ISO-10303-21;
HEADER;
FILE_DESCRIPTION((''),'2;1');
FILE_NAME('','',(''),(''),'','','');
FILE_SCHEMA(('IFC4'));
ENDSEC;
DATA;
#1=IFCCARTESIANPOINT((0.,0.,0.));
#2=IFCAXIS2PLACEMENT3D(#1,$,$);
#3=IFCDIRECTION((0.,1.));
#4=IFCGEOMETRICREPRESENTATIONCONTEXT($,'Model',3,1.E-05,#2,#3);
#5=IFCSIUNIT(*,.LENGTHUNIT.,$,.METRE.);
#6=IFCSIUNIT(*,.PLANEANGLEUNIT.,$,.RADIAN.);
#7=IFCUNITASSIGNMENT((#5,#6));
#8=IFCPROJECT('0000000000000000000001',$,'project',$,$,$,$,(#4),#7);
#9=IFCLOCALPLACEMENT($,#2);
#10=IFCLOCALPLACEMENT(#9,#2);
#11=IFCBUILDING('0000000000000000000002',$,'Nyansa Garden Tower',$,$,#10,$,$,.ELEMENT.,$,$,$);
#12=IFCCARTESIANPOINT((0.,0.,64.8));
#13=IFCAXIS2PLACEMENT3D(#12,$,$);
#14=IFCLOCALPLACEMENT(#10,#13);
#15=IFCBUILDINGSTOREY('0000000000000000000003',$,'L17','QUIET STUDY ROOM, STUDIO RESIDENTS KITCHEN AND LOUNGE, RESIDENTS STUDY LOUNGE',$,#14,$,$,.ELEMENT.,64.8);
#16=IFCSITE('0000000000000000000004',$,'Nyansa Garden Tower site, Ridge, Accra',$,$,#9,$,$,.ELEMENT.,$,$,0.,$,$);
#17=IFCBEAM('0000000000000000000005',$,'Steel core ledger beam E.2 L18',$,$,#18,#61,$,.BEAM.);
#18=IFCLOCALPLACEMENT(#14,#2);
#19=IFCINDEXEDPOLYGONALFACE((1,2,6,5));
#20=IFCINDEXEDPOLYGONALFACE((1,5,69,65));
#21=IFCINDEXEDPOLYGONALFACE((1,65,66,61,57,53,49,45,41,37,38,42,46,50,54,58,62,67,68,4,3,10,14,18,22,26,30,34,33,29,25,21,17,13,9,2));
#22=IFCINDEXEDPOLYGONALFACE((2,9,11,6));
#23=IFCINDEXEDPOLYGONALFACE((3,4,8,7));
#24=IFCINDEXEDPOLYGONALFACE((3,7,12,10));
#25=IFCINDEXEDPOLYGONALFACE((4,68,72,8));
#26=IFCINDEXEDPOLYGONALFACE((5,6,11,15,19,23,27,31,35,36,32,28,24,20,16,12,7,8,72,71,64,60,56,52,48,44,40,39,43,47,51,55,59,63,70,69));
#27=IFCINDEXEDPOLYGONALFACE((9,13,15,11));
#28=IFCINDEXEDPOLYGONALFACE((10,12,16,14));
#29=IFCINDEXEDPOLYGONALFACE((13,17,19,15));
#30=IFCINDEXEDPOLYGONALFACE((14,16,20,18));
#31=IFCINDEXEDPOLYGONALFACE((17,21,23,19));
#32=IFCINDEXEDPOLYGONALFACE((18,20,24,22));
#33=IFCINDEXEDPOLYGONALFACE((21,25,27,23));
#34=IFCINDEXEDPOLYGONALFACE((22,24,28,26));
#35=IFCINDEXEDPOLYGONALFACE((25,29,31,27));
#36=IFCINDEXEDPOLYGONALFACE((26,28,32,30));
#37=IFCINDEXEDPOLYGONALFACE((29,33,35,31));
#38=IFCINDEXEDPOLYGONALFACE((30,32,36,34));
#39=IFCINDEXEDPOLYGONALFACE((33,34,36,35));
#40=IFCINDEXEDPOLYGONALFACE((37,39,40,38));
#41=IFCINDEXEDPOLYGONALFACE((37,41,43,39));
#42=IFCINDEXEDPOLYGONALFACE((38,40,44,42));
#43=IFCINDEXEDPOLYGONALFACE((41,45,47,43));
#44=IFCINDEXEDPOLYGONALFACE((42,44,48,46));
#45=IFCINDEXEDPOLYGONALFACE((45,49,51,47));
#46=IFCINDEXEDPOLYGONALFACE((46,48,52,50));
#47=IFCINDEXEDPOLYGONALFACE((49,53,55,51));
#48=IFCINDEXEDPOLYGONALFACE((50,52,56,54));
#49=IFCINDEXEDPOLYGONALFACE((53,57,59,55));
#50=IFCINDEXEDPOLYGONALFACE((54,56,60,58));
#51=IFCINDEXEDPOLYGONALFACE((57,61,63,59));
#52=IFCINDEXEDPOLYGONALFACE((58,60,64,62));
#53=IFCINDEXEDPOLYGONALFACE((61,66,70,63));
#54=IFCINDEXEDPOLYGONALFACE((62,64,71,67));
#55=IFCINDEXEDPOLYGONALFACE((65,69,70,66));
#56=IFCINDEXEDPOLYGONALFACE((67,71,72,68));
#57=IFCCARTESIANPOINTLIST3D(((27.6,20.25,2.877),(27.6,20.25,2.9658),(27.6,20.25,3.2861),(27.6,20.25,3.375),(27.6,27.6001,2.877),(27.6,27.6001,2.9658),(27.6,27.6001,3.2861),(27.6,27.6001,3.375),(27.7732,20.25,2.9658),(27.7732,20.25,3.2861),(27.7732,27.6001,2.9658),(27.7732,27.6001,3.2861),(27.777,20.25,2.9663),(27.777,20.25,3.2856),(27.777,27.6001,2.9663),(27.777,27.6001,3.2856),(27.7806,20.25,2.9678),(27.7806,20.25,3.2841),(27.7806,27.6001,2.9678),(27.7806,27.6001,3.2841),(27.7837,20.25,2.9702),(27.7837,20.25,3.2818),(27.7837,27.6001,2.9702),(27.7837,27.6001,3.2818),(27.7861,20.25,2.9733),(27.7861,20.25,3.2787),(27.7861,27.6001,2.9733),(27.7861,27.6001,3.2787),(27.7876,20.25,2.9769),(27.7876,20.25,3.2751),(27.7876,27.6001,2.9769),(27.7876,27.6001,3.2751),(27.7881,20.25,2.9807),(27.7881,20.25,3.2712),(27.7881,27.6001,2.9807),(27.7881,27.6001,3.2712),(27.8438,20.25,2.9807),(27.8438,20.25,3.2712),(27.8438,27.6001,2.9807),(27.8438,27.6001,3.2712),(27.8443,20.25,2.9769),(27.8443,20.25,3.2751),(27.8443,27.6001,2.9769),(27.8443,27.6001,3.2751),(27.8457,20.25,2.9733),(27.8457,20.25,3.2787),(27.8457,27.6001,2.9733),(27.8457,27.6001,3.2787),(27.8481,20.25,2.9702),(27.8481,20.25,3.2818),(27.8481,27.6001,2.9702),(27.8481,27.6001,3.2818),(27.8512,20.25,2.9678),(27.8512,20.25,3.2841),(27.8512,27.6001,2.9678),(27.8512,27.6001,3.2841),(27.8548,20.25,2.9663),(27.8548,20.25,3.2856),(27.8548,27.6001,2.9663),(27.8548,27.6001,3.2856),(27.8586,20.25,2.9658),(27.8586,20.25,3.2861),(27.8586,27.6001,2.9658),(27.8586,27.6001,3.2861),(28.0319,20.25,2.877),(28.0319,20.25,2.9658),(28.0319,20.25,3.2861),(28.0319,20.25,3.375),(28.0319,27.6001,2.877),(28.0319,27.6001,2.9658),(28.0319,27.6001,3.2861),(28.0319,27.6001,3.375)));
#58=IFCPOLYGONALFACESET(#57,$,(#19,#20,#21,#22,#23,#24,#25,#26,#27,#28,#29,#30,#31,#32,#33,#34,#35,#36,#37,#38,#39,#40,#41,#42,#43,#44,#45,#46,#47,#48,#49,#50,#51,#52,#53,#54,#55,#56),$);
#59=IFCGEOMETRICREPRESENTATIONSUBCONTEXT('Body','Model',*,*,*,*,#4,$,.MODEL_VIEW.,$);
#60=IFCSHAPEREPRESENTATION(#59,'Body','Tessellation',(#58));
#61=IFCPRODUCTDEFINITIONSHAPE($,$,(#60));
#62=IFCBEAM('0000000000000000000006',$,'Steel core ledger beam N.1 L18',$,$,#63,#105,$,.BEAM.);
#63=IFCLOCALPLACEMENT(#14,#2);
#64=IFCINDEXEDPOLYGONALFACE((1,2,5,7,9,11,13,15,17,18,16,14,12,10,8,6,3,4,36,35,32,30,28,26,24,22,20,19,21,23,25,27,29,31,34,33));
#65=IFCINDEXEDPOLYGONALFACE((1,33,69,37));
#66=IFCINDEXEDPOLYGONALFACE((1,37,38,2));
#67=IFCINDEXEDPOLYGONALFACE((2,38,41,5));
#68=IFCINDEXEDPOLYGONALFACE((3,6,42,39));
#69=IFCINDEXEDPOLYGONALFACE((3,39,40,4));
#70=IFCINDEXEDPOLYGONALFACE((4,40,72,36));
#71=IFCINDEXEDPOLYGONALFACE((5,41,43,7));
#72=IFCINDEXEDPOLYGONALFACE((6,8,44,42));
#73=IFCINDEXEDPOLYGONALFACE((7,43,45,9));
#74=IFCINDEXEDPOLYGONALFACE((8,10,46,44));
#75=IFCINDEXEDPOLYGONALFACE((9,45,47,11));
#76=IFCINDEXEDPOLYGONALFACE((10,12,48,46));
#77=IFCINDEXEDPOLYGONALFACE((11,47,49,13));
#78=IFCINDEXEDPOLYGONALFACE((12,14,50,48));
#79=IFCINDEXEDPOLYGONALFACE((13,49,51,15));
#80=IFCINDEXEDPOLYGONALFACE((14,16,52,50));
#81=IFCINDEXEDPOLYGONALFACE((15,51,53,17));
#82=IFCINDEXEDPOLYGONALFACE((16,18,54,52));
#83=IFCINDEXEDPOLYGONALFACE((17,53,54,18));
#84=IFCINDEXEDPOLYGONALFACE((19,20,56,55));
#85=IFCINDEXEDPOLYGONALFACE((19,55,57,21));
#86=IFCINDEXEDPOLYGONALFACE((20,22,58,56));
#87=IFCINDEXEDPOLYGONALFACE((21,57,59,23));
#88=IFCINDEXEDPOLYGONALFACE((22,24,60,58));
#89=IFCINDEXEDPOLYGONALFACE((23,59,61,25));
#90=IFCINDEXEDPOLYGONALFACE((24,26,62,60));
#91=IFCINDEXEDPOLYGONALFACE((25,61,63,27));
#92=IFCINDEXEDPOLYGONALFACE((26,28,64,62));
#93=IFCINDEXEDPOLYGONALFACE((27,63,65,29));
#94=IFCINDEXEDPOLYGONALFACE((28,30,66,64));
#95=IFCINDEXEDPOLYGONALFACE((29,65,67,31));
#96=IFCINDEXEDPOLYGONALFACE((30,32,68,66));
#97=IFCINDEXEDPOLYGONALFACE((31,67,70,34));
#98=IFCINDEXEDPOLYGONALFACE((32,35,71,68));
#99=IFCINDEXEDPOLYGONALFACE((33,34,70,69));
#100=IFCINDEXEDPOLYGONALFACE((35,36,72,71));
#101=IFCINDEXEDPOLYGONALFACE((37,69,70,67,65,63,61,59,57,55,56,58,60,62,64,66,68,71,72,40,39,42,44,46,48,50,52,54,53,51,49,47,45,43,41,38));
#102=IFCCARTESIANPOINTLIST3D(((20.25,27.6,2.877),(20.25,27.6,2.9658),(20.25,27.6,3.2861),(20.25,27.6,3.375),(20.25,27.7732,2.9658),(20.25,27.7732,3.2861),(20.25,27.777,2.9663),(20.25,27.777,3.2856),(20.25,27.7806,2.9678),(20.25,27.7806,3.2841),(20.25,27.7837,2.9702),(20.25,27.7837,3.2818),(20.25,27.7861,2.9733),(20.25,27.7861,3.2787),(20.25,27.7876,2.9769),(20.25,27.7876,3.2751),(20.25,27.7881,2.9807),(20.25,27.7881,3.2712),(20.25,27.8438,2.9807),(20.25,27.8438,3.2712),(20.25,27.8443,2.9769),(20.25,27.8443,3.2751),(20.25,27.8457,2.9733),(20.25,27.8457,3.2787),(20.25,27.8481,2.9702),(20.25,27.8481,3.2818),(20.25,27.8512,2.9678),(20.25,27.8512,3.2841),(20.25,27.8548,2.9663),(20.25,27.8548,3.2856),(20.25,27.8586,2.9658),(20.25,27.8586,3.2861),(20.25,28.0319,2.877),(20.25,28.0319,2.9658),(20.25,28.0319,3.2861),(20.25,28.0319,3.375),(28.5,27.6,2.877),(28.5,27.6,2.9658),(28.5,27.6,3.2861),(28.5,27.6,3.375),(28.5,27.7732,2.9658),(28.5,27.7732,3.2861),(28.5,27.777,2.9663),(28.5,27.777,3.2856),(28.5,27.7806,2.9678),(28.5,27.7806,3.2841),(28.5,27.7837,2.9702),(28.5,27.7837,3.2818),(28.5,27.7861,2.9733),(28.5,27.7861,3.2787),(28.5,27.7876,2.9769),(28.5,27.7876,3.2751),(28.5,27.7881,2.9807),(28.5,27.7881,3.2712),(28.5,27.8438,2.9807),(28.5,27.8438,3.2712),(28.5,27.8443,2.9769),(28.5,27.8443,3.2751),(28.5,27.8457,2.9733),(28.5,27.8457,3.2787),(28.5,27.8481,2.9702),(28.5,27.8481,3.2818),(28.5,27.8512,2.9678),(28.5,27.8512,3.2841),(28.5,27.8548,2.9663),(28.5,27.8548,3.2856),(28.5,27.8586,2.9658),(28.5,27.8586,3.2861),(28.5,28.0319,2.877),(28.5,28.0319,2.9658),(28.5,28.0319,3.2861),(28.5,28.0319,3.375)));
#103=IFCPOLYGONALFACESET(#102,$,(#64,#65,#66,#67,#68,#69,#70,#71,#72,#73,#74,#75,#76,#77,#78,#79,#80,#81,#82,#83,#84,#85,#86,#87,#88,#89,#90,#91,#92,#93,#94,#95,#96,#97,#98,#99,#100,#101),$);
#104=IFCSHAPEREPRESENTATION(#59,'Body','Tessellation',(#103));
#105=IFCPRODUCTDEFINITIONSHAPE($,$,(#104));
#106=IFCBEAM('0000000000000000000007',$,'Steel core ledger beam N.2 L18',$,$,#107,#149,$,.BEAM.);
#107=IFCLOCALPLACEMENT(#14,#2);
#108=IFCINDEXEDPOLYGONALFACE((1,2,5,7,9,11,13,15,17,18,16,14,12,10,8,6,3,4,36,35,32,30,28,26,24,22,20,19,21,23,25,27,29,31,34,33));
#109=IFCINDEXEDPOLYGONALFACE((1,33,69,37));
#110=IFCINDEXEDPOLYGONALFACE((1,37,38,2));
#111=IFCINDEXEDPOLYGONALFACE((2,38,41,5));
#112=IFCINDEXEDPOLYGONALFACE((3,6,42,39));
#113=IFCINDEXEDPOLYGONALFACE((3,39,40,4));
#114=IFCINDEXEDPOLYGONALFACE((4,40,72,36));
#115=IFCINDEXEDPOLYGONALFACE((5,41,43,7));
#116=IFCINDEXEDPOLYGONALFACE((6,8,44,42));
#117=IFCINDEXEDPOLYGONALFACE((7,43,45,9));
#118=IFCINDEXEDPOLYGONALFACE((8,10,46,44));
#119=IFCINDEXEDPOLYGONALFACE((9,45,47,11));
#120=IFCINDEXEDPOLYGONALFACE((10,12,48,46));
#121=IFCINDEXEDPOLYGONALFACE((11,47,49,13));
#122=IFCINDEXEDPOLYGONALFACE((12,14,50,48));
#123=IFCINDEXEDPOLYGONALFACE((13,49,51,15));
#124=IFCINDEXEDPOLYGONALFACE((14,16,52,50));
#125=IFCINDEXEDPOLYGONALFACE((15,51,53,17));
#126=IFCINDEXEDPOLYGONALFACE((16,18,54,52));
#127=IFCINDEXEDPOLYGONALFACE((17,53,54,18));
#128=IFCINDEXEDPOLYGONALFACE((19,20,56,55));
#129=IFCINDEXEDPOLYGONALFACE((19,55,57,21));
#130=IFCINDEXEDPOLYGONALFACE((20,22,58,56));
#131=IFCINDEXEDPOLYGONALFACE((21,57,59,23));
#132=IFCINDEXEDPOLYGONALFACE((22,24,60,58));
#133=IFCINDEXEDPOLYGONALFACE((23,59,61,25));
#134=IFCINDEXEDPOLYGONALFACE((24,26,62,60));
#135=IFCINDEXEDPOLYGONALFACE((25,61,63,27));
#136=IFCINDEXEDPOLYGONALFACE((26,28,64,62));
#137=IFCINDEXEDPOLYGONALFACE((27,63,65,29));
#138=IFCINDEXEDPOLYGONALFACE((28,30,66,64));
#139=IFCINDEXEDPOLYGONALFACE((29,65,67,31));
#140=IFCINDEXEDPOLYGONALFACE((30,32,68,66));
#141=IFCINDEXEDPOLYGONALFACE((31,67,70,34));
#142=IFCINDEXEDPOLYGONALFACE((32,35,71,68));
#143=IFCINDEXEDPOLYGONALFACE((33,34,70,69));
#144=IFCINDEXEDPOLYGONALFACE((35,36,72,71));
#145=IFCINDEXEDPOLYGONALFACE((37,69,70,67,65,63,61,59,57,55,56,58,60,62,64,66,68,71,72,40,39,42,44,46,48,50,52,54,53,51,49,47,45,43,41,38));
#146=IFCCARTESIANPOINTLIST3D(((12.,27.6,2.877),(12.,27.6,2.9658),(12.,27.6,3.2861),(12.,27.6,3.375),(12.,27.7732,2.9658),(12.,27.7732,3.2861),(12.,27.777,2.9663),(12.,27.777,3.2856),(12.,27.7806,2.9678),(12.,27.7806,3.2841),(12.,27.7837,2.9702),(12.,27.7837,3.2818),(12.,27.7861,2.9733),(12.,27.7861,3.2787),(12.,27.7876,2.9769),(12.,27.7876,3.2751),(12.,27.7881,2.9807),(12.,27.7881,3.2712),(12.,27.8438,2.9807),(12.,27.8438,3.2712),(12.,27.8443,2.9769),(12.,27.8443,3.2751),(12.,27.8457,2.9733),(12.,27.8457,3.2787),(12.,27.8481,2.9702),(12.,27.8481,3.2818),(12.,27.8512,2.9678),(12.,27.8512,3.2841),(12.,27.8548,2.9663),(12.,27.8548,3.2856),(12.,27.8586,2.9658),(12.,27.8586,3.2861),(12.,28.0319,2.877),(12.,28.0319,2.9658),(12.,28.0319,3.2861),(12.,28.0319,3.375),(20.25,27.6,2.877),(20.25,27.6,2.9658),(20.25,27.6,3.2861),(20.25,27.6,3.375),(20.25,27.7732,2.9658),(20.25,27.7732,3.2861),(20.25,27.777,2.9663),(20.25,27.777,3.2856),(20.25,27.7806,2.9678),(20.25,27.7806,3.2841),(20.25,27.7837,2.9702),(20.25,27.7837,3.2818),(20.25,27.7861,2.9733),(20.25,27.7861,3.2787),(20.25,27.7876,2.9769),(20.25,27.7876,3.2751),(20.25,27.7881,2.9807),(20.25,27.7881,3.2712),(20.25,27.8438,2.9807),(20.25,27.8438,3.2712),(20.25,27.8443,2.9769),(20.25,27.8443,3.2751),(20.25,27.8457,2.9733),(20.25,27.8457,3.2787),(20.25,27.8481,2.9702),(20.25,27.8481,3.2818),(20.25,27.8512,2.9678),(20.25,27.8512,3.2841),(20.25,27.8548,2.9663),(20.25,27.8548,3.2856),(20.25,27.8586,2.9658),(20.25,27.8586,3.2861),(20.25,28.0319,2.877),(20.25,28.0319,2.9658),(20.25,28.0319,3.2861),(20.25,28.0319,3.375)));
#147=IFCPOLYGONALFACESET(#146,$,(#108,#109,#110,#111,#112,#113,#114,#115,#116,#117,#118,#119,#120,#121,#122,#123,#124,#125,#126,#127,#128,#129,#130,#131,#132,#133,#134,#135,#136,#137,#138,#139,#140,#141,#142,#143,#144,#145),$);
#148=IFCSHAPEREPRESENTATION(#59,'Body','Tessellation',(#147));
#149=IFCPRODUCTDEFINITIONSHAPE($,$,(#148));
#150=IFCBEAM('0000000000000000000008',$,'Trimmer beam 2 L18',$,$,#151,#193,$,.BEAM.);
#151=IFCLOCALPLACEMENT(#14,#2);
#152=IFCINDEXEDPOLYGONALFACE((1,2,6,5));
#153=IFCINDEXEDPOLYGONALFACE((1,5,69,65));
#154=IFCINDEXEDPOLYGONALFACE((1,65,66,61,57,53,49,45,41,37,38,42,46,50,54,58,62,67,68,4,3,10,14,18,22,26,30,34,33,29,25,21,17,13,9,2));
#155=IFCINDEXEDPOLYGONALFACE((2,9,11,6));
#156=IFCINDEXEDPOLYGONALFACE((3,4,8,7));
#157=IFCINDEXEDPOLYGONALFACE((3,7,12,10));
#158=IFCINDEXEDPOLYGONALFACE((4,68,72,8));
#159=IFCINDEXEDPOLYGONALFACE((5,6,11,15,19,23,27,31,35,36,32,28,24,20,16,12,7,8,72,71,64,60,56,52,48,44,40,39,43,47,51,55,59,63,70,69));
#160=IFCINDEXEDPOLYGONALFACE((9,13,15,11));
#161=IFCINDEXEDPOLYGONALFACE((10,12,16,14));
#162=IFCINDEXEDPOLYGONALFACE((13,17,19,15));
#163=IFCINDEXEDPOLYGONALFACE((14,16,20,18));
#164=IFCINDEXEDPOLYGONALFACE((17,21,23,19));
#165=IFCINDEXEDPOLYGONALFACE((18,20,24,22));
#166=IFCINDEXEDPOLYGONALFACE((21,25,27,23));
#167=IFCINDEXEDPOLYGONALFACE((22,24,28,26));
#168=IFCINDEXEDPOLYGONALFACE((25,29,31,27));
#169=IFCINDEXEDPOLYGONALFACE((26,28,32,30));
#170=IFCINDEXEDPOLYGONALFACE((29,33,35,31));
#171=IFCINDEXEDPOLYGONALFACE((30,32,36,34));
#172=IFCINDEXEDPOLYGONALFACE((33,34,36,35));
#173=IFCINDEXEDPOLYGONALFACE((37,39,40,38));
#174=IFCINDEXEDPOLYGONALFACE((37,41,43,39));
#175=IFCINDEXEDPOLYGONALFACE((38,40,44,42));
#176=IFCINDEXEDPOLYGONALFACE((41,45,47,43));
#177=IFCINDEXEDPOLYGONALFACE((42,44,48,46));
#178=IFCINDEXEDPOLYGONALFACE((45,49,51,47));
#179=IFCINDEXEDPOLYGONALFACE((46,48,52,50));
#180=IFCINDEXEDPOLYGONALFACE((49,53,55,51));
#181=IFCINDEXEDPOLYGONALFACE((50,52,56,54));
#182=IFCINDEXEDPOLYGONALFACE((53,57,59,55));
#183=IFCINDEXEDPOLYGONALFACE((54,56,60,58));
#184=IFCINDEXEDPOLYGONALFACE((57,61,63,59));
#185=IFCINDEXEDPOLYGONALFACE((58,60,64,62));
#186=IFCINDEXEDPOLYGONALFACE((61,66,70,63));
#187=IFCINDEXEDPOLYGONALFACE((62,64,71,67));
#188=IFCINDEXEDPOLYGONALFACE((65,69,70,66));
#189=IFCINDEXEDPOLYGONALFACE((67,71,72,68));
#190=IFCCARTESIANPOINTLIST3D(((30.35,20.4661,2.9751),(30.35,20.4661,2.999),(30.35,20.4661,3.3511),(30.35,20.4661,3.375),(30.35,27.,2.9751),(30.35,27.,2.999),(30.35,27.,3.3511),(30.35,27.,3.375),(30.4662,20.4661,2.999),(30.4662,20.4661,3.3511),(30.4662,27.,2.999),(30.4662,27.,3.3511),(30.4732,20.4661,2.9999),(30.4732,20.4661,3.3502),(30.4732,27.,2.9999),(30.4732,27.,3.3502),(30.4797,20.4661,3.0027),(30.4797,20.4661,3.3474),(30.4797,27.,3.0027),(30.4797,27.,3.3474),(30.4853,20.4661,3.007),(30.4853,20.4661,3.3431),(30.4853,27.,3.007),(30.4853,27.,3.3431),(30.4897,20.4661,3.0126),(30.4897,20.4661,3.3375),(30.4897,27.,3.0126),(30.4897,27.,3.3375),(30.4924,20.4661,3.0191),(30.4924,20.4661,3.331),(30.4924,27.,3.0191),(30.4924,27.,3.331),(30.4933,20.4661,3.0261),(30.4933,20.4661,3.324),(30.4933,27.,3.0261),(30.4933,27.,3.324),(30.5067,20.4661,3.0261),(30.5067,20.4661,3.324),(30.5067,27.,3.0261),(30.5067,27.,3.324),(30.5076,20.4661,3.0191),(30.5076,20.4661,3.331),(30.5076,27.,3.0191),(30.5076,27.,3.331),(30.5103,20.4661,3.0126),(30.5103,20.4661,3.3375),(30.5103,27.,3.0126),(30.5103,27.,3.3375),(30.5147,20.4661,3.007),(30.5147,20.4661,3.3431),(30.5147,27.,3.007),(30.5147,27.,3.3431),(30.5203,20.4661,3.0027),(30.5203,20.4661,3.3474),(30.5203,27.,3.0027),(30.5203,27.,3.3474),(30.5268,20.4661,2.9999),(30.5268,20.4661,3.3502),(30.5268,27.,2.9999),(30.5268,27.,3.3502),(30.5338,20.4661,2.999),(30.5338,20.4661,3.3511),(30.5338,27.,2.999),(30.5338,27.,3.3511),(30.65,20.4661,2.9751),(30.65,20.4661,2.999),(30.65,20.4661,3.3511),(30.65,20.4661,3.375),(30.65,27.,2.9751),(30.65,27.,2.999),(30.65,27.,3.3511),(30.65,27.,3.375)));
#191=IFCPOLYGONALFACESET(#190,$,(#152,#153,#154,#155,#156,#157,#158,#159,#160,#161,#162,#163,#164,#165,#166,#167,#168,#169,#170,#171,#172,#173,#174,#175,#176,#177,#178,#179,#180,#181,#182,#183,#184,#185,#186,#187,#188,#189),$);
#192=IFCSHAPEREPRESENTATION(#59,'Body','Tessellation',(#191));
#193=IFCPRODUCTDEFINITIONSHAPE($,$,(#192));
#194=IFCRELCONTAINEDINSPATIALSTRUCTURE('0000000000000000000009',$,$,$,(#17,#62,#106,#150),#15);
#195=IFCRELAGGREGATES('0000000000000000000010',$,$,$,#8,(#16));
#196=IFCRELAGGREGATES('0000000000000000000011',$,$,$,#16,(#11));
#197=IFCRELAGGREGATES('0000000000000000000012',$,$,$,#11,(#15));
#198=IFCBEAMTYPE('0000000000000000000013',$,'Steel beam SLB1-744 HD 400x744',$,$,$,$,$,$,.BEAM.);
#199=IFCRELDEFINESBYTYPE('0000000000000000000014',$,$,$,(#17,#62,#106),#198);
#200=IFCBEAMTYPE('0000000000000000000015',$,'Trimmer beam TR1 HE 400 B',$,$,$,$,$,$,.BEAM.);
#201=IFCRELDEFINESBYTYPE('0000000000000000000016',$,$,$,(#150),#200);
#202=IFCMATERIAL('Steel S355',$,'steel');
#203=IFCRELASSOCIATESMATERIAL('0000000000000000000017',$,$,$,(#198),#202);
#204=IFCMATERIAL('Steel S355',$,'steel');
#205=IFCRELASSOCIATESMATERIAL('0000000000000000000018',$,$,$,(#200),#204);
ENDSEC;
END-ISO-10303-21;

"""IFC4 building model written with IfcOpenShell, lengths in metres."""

from ifc_helpers import new_model, si_unit, direction, frame, origin, origin_2d, place, context, subcontext, project, spatial, i_section, extrude, material, material_profile, profile_set, type_object, element, save


model = new_model("IFC4")

# Units and contexts
model_context = context("Model", 3, precision=1e-05, world=origin(), true_north=direction((0.0, 1.0)))
body_context = subcontext(model_context, "Body", "Model", "MODEL_VIEW")
ifc_project = project(units=[si_unit("LENGTHUNIT", "METRE"), si_unit("PLANEANGLEUNIT", "RADIAN")], contexts=[model_context])

# Site, building, storey
site_placement = place(None, origin())
site = spatial("IfcSite", under=ifc_project, at=site_placement, Name="Nyansa Garden Tower site, Ridge, Accra", CompositionType="ELEMENT", RefElevation=0.0)
building_placement = place(site_placement, origin())
building = spatial("IfcBuilding", under=site, at=building_placement, Name="Nyansa Garden Tower", CompositionType="ELEMENT")
storey_placement = place(building_placement, frame((0.0, 0.0, 64.8)))
storey = spatial("IfcBuildingStorey", under=building, at=storey_placement, Name="L17", Description="QUIET STUDY ROOM, STUDIO RESIDENTS KITCHEN AND LOUNGE, RESIDENTS STUDY LOUNGE", CompositionType="ELEMENT", Elevation=64.8)

# Beams
ifc_material_1 = material(Name="Steel S355", Category="steel")
ifc_material_profile_1 = material_profile(ifc_material_1, i_section(OverallWidth=0.4319, OverallDepth=0.498, WebThickness=0.0557, FlangeThickness=0.0889, FilletRadius=0.0149, at=origin_2d()), Name="HD 400x744")
ifc_profile_set_1 = profile_set([ifc_material_profile_1], Name="Steel S355")
beam_type_1 = type_object("IfcBeamType", Name="Steel beam SLB1-744 HD 400x744", PredefinedType="BEAM", material=ifc_profile_set_1)
beam_1_placement = place(storey_placement, frame((27.8159, 20.25, 3.126), z_axis=(0.0, 1.0, 0.0), x_axis=(-1.0, 0.0, 0.0)))
element("IfcBeam", 1, at=beam_1_placement, inside=storey, type_object=beam_type_1, Name="Steel core ledger beam E.2 L18", PredefinedType="BEAM", context=body_context, shape_type="SweptSolid", body=[
    extrude(i_section(OverallWidth=0.4319, OverallDepth=0.498, WebThickness=0.0557, FlangeThickness=0.0889, FilletRadius=0.0149, at=origin_2d()), origin(), (0.0, 0.0, 1.0), 7.3501),
])
for number, where, z_axis, x_axis, name in (
    (2, (28.5, 27.8159, 3.126), (-1.0, 0.0, 0.0), (0.0, -1.0, 0.0), "Steel core ledger beam N.1 L18"),
    (3, (20.25, 27.8159, 3.126), (-1.0, 0.0, 0.0), (0.0, -1.0, 0.0), "Steel core ledger beam N.2 L18"),
):
    element("IfcBeam", number, at=place(storey_placement, frame(where, z_axis=z_axis, x_axis=x_axis)), inside=storey, type_object=beam_type_1, Name=name, PredefinedType="BEAM", context=body_context, shape_type="SweptSolid", body=[
        extrude(i_section(OverallWidth=0.4319, OverallDepth=0.498, WebThickness=0.0557, FlangeThickness=0.0889, FilletRadius=0.0149, at=origin_2d()), origin(), (0.0, 0.0, 1.0), 8.25),
    ])
ifc_material_2 = material(Name="Steel S355", Category="steel")
ifc_material_profile_2 = material_profile(ifc_material_2, i_section(OverallWidth=0.3, OverallDepth=0.3999, WebThickness=0.0134, FlangeThickness=0.0239, FilletRadius=0.0271, at=origin_2d()), Name="HE 400 B")
ifc_profile_set_2 = profile_set([ifc_material_profile_2], Name="Steel S355")
beam_type_2 = type_object("IfcBeamType", Name="Trimmer beam TR1 HE 400 B", PredefinedType="BEAM", material=ifc_profile_set_2)
beam_2_placement = place(storey_placement, frame((30.5, 20.4661, 3.175), z_axis=(0.0, 1.0, 0.0), x_axis=(-1.0, 0.0, 0.0)))
element("IfcBeam", 4, at=beam_2_placement, inside=storey, type_object=beam_type_2, Name="Trimmer beam 2 L18", PredefinedType="BEAM", context=body_context, shape_type="SweptSolid", body=[
    extrude(i_section(OverallWidth=0.3, OverallDepth=0.3999, WebThickness=0.0134, FlangeThickness=0.0239, FilletRadius=0.0271, at=origin_2d()), origin(), (0.0, 0.0, 1.0), 6.5339),
])

save(model, "model.ifc")
